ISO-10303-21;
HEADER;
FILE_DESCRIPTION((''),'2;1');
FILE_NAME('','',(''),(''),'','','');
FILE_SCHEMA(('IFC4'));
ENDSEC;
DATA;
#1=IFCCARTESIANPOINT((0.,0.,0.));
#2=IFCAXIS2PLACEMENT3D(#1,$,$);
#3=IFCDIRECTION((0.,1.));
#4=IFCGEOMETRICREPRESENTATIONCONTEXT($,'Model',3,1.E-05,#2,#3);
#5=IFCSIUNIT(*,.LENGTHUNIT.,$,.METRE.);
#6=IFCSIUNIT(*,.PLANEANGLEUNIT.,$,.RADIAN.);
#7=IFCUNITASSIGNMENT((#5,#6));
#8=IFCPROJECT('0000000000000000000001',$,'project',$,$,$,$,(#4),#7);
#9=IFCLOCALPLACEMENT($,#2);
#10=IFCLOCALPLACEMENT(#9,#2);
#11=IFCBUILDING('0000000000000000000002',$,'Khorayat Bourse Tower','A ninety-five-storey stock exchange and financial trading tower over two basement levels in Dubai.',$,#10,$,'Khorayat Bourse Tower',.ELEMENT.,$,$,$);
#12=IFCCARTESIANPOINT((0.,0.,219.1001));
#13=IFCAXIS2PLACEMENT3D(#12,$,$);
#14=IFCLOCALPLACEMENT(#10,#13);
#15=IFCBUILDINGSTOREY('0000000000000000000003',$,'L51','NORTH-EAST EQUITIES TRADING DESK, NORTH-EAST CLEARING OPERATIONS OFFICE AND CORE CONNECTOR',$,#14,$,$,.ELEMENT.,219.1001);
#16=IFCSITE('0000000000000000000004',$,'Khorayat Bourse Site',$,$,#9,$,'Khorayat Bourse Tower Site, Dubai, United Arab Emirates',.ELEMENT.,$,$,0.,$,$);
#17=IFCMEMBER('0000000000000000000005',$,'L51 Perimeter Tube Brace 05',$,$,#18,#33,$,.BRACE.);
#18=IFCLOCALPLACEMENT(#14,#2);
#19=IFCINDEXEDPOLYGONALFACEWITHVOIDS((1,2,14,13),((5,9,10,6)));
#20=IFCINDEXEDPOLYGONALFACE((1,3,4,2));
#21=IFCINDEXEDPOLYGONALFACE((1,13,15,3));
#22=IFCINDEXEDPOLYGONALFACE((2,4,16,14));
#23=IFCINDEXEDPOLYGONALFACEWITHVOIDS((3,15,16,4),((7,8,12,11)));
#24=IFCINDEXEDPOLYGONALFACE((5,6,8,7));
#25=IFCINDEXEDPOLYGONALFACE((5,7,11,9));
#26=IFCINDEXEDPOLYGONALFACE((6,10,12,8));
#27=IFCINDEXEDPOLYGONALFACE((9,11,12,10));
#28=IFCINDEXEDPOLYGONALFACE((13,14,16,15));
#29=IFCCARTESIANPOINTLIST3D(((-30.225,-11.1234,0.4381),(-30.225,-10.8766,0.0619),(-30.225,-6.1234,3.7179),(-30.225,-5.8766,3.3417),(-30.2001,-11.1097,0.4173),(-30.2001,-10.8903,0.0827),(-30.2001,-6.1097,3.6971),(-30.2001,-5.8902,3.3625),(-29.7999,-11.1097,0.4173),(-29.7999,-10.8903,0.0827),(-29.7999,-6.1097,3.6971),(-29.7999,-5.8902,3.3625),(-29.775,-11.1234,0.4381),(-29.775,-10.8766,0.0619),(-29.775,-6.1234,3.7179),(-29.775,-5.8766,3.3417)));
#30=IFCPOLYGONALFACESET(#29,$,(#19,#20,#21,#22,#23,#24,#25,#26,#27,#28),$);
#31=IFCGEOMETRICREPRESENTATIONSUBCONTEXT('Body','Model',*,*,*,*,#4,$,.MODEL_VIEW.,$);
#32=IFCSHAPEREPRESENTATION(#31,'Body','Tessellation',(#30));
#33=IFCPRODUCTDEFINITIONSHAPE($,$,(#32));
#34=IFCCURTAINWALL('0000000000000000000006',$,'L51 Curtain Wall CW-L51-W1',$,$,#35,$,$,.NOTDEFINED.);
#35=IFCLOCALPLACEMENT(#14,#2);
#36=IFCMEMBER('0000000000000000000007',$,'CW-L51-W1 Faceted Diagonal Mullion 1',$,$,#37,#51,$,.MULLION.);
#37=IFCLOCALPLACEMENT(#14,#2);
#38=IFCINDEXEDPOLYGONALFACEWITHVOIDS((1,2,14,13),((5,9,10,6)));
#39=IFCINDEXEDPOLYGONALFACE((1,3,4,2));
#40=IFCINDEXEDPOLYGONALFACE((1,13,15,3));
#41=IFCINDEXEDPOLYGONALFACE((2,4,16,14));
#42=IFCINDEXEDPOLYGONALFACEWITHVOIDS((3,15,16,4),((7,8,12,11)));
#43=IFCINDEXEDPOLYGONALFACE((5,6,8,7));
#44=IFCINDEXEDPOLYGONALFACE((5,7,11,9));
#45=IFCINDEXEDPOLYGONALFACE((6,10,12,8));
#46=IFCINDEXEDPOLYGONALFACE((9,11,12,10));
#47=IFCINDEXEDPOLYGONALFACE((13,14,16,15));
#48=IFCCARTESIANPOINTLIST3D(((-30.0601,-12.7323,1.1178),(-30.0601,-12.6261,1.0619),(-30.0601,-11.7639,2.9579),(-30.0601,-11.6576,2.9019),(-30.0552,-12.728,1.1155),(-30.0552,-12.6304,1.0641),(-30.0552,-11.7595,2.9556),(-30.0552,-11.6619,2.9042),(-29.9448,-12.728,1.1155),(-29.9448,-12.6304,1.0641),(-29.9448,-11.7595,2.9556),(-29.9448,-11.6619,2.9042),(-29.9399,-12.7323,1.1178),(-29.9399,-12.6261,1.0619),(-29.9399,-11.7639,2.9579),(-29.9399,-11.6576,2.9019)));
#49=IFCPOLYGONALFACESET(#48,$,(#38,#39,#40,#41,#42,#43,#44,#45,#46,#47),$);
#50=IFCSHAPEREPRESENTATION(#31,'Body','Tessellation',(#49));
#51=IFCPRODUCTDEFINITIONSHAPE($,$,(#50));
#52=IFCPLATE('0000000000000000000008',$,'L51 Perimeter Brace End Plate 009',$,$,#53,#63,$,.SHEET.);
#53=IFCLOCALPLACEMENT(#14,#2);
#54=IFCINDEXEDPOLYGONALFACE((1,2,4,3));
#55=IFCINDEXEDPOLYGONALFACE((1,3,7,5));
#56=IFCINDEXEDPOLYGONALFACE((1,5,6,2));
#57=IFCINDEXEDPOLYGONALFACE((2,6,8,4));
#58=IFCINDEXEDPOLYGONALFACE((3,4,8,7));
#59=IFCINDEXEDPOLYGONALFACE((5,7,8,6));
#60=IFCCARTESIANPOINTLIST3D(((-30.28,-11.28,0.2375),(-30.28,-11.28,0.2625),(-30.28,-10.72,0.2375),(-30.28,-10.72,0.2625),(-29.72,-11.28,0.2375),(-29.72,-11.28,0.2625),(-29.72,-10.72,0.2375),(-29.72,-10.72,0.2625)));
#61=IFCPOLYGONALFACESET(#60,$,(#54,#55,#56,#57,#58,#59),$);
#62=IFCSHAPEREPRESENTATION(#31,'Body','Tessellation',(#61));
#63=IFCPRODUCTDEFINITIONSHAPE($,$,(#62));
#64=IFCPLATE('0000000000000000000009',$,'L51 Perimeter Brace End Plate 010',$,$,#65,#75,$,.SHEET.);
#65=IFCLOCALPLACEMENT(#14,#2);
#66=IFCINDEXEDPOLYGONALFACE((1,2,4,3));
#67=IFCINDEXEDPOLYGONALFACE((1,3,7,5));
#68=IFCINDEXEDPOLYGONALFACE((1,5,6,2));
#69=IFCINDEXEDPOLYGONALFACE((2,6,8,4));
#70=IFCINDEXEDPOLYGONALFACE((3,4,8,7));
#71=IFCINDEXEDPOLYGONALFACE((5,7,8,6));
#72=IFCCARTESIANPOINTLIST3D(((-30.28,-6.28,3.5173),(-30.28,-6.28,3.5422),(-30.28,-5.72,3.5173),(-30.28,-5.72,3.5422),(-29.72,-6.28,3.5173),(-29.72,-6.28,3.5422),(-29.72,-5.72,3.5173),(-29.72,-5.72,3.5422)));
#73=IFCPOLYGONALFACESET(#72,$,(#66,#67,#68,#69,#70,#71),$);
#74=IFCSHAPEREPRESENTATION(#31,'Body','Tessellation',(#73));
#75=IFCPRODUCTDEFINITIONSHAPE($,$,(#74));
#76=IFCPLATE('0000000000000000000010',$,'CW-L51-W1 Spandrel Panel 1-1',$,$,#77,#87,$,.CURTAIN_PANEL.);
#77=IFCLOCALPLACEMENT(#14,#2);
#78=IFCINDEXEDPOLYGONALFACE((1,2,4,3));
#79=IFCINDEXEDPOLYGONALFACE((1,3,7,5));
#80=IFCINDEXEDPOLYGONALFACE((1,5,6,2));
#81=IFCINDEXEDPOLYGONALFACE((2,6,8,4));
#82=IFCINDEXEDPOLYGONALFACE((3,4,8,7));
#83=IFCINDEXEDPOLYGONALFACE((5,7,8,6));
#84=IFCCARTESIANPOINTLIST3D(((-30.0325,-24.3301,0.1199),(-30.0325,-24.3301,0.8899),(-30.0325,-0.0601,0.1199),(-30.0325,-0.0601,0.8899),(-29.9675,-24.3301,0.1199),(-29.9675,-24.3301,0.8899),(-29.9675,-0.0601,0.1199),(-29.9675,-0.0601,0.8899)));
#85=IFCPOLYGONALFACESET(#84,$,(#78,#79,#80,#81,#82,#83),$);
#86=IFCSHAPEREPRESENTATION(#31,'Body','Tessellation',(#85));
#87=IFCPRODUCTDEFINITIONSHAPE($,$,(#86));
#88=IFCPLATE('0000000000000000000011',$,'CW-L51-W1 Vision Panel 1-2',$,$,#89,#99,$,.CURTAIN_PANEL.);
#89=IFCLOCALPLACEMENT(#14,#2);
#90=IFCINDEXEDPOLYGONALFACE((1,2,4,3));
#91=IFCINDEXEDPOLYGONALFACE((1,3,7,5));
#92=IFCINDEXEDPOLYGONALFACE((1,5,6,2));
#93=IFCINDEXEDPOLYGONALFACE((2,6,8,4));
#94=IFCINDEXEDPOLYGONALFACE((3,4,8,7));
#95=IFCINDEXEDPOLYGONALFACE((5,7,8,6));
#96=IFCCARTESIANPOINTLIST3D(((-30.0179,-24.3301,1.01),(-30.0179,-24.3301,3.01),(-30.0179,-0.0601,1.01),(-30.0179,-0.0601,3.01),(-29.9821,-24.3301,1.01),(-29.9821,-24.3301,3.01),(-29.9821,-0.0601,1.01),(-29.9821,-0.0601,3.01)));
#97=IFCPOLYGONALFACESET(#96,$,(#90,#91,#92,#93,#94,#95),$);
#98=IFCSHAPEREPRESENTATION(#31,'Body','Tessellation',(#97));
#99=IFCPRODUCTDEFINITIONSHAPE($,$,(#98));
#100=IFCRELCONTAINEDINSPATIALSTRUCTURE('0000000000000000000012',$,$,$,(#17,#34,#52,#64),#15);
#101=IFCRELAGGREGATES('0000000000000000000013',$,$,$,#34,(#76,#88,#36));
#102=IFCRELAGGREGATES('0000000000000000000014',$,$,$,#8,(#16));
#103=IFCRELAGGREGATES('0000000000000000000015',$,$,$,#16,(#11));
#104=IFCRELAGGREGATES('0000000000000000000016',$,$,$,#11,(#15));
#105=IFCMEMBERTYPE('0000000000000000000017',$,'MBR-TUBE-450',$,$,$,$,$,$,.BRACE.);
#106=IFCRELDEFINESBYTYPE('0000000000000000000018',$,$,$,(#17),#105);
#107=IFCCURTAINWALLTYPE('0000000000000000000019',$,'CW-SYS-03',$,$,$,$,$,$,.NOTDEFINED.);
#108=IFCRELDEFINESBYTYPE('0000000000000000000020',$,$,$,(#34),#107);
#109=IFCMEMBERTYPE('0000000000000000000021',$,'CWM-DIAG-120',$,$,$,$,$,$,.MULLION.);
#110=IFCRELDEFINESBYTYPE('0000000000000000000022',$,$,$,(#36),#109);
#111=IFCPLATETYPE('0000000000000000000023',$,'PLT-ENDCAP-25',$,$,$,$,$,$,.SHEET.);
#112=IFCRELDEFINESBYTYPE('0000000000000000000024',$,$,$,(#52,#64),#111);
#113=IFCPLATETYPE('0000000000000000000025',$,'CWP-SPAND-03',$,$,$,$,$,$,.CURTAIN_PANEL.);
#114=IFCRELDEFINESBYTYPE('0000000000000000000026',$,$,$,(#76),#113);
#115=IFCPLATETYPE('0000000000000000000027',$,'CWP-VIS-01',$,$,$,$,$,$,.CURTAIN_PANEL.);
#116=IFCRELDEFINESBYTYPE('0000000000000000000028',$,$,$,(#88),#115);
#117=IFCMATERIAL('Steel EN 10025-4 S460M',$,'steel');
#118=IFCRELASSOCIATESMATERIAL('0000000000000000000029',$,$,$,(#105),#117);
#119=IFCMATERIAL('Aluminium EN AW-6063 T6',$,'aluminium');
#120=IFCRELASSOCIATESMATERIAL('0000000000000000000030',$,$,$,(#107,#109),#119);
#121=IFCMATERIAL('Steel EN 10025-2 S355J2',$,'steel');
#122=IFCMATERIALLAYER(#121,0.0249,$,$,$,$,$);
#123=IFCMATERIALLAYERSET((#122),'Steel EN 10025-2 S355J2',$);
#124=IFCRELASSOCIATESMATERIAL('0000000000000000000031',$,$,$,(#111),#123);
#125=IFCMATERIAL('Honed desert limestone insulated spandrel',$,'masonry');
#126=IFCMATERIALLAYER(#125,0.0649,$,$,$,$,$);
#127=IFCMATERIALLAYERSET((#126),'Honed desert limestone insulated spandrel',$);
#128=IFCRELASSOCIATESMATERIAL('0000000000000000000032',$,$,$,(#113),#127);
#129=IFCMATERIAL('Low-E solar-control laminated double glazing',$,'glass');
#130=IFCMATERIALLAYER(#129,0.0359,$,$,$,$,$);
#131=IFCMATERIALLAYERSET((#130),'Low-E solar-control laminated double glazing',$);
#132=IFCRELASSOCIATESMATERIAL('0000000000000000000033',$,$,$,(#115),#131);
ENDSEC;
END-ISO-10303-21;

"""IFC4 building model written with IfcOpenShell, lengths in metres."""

from ifc_helpers import new_model, si_unit, direction, frame, origin, origin_2d, place, context, subcontext, project, spatial, rectangle, hollow_rectangle, extrude, source, transform, mapped, material, layer, layer_set, material_profile, profile_set, type_object, element, aggregate, save


model = new_model("IFC4")

# Units and contexts
model_context = context("Model", 3, precision=1e-05, world=origin(), true_north=direction((0.0, 1.0)))
body_context = subcontext(model_context, "Body", "Model", "MODEL_VIEW")
ifc_project = project(units=[si_unit("LENGTHUNIT", "METRE"), si_unit("PLANEANGLEUNIT", "RADIAN")], contexts=[model_context])

# Site, building, storey
site_placement = place(None, origin())
site = spatial("IfcSite", under=ifc_project, at=site_placement, Name="Khorayat Bourse Site", LongName="Khorayat Bourse Tower Site, Dubai, United Arab Emirates", CompositionType="ELEMENT", RefElevation=0.0)
building_placement = place(site_placement, origin())
building = spatial("IfcBuilding", under=site, at=building_placement, Name="Khorayat Bourse Tower", Description="A ninety-five-storey stock exchange and financial trading tower over two basement levels in Dubai.", LongName="Khorayat Bourse Tower", CompositionType="ELEMENT")
storey_placement = place(building_placement, frame((0.0, 0.0, 219.1001)))
storey = spatial("IfcBuildingStorey", under=building, at=storey_placement, Name="L51", Description="NORTH-EAST EQUITIES TRADING DESK, NORTH-EAST CLEARING OPERATIONS OFFICE AND CORE CONNECTOR", CompositionType="ELEMENT", Elevation=219.1001)

# Shared definitions
ifc_material_1 = material(Name="Steel EN 10025-4 S460M", Category="steel")

# Member
ifc_material_profile_1 = material_profile(ifc_material_1, hollow_rectangle(XDim=0.45, YDim=0.45, WallThickness=0.0249, at=origin_2d()), Name="HSS 450x450x25")
ifc_profile_set_1 = profile_set([ifc_material_profile_1], Name="Steel EN 10025-4 S460M")
member_type_1 = type_object("IfcMemberType", Name="MBR-TUBE-450", PredefinedType="BRACE", material=ifc_profile_set_1)
shared_shape_1 = source(origin(), body_context, "Body", "SweptSolid", [
    extrude(hollow_rectangle(XDim=0.45, YDim=0.45, WallThickness=0.0249, at=origin_2d()), origin(), (0.0, 0.0, 1.0), 5.9797),
])
member_1_placement = place(storey_placement, frame((-30.0, -11.0, 0.25), z_axis=(0.0, 0.83616, 0.548485), x_axis=(-1.0, 0.0, 0.0)))
element("IfcMember", 1, at=member_1_placement, inside=storey, type_object=member_type_1, Name="L51 Perimeter Tube Brace 05", PredefinedType="BRACE", context=body_context, shape_type="MappedRepresentation", body=[
    mapped(shared_shape_1, transform((0.0, 0.0, 0.0), scale=1.0)),
])

# Curtain wall, member
ifc_material_2 = material(Name="Aluminium EN AW-6063 T6", Category="aluminium")
curtain_wall_type = type_object("IfcCurtainWallType", Name="CW-SYS-03", PredefinedType="NOTDEFINED", material=ifc_material_2)
curtain_wall_placement = place(storey_placement, origin())
curtain_wall = element("IfcCurtainWall", 2, at=curtain_wall_placement, inside=storey, type_object=curtain_wall_type, Name="L51 Curtain Wall CW-L51-W1", PredefinedType="NOTDEFINED")
ifc_material_profile_2 = material_profile(ifc_material_2, hollow_rectangle(XDim=0.1201, YDim=0.1201, WallThickness=0.0049, at=origin_2d()), Name="ALU 120x120x5")
ifc_profile_set_2 = profile_set([ifc_material_profile_2], Name="Aluminium EN AW-6063 T6")
member_type_2 = type_object("IfcMemberType", Name="CWM-DIAG-120", PredefinedType="MULLION", material=ifc_profile_set_2)
shared_shape_2 = source(origin(), body_context, "Body", "SweptSolid", [
    extrude(hollow_rectangle(XDim=0.1201, YDim=0.1201, WallThickness=0.0049, at=origin_2d()), origin(), (0.0, 0.0, 1.0), 2.0793),
])
member_2_placement = place(storey_placement, frame((-30.0, -12.6792, 1.0898), z_axis=(0.0, 0.465761, 0.884911), x_axis=(-1.0, 0.0, 0.0)))
member_2 = element("IfcMember", 3, at=member_2_placement, type_object=member_type_2, Name="CW-L51-W1 Faceted Diagonal Mullion 1", PredefinedType="MULLION", context=body_context, shape_type="MappedRepresentation", body=[
    mapped(shared_shape_2, transform((0.0, 0.0, 0.0), scale=1.0)),
])

# Plates
ifc_material_3 = material(Name="Steel EN 10025-2 S355J2", Category="steel")
ifc_layer_1 = layer(ifc_material_3, 0.0249)
ifc_layer_set_1 = layer_set([ifc_layer_1], Name="Steel EN 10025-2 S355J2")
plate_type_1 = type_object("IfcPlateType", Name="PLT-ENDCAP-25", PredefinedType="SHEET", material=ifc_layer_set_1)
shared_shape_3 = source(origin(), body_context, "Body", "SweptSolid", [
    extrude(rectangle(XDim=0.5601, YDim=0.5601, at=origin_2d()), origin(), (0.0, 0.0, 1.0), 0.0249),
])
for number, where, z_axis, x_axis, name in (
    (4, (-30.0, -11.0, 0.2375), (0.0, 0.0, 1.0), (1.0, 0.0, 0.0), "L51 Perimeter Brace End Plate 009"),
    (5, (-30.0, -6.0, 3.5173), (0.0, 0.0, 1.0), (1.0, 0.0, 0.0), "L51 Perimeter Brace End Plate 010"),
):
    element("IfcPlate", number, at=place(storey_placement, frame(where, z_axis=z_axis, x_axis=x_axis)), inside=storey, type_object=plate_type_1, Name=name, PredefinedType="SHEET", context=body_context, shape_type="MappedRepresentation", body=[
        mapped(shared_shape_3, transform((0.0, 0.0, 0.0), scale=1.0)),
    ])

# Plates
ifc_material_4 = material(Name="Honed desert limestone insulated spandrel", Category="masonry")
ifc_layer_2 = layer(ifc_material_4, 0.0649)
ifc_layer_set_2 = layer_set([ifc_layer_2], Name="Honed desert limestone insulated spandrel")
plate_type_2 = type_object("IfcPlateType", Name="CWP-SPAND-03", PredefinedType="CURTAIN_PANEL", material=ifc_layer_set_2)
shared_shape_4 = source(origin(), body_context, "Body", "SweptSolid", [
    extrude(rectangle(XDim=24.27, YDim=0.0649, at=origin_2d()), origin(), (0.0, 0.0, 1.0), 0.77),
])
plate_1_placement = place(storey_placement, frame((-30.0, -12.1951, 0.1199), z_axis=(0.0, 0.0, 1.0), x_axis=(0.0, 1.0, 0.0)))
plate_1 = element("IfcPlate", 6, at=plate_1_placement, type_object=plate_type_2, Name="CW-L51-W1 Spandrel Panel 1-1", PredefinedType="CURTAIN_PANEL", context=body_context, shape_type="MappedRepresentation", body=[
    mapped(shared_shape_4, transform((0.0, 0.0, 0.0), scale=1.0)),
])
ifc_material_5 = material(Name="Low-E solar-control laminated double glazing", Category="glass")
ifc_layer_3 = layer(ifc_material_5, 0.0359)
ifc_layer_set_3 = layer_set([ifc_layer_3], Name="Low-E solar-control laminated double glazing")
plate_type_3 = type_object("IfcPlateType", Name="CWP-VIS-01", PredefinedType="CURTAIN_PANEL", material=ifc_layer_set_3)
shared_shape_5 = source(origin(), body_context, "Body", "SweptSolid", [
    extrude(rectangle(XDim=24.27, YDim=0.0359, at=origin_2d()), origin(), (0.0, 0.0, 1.0), 2.0),
])
plate_2_placement = place(storey_placement, frame((-30.0, -12.1951, 1.01), z_axis=(0.0, 0.0, 1.0), x_axis=(0.0, 1.0, 0.0)))
plate_2 = element("IfcPlate", 7, at=plate_2_placement, type_object=plate_type_3, Name="CW-L51-W1 Vision Panel 1-2", PredefinedType="CURTAIN_PANEL", context=body_context, shape_type="MappedRepresentation", body=[
    mapped(shared_shape_5, transform((0.0, 0.0, 0.0), scale=1.0)),
])
aggregate(curtain_wall, [plate_1, plate_2, member_2])

save(model, "model.ifc")
